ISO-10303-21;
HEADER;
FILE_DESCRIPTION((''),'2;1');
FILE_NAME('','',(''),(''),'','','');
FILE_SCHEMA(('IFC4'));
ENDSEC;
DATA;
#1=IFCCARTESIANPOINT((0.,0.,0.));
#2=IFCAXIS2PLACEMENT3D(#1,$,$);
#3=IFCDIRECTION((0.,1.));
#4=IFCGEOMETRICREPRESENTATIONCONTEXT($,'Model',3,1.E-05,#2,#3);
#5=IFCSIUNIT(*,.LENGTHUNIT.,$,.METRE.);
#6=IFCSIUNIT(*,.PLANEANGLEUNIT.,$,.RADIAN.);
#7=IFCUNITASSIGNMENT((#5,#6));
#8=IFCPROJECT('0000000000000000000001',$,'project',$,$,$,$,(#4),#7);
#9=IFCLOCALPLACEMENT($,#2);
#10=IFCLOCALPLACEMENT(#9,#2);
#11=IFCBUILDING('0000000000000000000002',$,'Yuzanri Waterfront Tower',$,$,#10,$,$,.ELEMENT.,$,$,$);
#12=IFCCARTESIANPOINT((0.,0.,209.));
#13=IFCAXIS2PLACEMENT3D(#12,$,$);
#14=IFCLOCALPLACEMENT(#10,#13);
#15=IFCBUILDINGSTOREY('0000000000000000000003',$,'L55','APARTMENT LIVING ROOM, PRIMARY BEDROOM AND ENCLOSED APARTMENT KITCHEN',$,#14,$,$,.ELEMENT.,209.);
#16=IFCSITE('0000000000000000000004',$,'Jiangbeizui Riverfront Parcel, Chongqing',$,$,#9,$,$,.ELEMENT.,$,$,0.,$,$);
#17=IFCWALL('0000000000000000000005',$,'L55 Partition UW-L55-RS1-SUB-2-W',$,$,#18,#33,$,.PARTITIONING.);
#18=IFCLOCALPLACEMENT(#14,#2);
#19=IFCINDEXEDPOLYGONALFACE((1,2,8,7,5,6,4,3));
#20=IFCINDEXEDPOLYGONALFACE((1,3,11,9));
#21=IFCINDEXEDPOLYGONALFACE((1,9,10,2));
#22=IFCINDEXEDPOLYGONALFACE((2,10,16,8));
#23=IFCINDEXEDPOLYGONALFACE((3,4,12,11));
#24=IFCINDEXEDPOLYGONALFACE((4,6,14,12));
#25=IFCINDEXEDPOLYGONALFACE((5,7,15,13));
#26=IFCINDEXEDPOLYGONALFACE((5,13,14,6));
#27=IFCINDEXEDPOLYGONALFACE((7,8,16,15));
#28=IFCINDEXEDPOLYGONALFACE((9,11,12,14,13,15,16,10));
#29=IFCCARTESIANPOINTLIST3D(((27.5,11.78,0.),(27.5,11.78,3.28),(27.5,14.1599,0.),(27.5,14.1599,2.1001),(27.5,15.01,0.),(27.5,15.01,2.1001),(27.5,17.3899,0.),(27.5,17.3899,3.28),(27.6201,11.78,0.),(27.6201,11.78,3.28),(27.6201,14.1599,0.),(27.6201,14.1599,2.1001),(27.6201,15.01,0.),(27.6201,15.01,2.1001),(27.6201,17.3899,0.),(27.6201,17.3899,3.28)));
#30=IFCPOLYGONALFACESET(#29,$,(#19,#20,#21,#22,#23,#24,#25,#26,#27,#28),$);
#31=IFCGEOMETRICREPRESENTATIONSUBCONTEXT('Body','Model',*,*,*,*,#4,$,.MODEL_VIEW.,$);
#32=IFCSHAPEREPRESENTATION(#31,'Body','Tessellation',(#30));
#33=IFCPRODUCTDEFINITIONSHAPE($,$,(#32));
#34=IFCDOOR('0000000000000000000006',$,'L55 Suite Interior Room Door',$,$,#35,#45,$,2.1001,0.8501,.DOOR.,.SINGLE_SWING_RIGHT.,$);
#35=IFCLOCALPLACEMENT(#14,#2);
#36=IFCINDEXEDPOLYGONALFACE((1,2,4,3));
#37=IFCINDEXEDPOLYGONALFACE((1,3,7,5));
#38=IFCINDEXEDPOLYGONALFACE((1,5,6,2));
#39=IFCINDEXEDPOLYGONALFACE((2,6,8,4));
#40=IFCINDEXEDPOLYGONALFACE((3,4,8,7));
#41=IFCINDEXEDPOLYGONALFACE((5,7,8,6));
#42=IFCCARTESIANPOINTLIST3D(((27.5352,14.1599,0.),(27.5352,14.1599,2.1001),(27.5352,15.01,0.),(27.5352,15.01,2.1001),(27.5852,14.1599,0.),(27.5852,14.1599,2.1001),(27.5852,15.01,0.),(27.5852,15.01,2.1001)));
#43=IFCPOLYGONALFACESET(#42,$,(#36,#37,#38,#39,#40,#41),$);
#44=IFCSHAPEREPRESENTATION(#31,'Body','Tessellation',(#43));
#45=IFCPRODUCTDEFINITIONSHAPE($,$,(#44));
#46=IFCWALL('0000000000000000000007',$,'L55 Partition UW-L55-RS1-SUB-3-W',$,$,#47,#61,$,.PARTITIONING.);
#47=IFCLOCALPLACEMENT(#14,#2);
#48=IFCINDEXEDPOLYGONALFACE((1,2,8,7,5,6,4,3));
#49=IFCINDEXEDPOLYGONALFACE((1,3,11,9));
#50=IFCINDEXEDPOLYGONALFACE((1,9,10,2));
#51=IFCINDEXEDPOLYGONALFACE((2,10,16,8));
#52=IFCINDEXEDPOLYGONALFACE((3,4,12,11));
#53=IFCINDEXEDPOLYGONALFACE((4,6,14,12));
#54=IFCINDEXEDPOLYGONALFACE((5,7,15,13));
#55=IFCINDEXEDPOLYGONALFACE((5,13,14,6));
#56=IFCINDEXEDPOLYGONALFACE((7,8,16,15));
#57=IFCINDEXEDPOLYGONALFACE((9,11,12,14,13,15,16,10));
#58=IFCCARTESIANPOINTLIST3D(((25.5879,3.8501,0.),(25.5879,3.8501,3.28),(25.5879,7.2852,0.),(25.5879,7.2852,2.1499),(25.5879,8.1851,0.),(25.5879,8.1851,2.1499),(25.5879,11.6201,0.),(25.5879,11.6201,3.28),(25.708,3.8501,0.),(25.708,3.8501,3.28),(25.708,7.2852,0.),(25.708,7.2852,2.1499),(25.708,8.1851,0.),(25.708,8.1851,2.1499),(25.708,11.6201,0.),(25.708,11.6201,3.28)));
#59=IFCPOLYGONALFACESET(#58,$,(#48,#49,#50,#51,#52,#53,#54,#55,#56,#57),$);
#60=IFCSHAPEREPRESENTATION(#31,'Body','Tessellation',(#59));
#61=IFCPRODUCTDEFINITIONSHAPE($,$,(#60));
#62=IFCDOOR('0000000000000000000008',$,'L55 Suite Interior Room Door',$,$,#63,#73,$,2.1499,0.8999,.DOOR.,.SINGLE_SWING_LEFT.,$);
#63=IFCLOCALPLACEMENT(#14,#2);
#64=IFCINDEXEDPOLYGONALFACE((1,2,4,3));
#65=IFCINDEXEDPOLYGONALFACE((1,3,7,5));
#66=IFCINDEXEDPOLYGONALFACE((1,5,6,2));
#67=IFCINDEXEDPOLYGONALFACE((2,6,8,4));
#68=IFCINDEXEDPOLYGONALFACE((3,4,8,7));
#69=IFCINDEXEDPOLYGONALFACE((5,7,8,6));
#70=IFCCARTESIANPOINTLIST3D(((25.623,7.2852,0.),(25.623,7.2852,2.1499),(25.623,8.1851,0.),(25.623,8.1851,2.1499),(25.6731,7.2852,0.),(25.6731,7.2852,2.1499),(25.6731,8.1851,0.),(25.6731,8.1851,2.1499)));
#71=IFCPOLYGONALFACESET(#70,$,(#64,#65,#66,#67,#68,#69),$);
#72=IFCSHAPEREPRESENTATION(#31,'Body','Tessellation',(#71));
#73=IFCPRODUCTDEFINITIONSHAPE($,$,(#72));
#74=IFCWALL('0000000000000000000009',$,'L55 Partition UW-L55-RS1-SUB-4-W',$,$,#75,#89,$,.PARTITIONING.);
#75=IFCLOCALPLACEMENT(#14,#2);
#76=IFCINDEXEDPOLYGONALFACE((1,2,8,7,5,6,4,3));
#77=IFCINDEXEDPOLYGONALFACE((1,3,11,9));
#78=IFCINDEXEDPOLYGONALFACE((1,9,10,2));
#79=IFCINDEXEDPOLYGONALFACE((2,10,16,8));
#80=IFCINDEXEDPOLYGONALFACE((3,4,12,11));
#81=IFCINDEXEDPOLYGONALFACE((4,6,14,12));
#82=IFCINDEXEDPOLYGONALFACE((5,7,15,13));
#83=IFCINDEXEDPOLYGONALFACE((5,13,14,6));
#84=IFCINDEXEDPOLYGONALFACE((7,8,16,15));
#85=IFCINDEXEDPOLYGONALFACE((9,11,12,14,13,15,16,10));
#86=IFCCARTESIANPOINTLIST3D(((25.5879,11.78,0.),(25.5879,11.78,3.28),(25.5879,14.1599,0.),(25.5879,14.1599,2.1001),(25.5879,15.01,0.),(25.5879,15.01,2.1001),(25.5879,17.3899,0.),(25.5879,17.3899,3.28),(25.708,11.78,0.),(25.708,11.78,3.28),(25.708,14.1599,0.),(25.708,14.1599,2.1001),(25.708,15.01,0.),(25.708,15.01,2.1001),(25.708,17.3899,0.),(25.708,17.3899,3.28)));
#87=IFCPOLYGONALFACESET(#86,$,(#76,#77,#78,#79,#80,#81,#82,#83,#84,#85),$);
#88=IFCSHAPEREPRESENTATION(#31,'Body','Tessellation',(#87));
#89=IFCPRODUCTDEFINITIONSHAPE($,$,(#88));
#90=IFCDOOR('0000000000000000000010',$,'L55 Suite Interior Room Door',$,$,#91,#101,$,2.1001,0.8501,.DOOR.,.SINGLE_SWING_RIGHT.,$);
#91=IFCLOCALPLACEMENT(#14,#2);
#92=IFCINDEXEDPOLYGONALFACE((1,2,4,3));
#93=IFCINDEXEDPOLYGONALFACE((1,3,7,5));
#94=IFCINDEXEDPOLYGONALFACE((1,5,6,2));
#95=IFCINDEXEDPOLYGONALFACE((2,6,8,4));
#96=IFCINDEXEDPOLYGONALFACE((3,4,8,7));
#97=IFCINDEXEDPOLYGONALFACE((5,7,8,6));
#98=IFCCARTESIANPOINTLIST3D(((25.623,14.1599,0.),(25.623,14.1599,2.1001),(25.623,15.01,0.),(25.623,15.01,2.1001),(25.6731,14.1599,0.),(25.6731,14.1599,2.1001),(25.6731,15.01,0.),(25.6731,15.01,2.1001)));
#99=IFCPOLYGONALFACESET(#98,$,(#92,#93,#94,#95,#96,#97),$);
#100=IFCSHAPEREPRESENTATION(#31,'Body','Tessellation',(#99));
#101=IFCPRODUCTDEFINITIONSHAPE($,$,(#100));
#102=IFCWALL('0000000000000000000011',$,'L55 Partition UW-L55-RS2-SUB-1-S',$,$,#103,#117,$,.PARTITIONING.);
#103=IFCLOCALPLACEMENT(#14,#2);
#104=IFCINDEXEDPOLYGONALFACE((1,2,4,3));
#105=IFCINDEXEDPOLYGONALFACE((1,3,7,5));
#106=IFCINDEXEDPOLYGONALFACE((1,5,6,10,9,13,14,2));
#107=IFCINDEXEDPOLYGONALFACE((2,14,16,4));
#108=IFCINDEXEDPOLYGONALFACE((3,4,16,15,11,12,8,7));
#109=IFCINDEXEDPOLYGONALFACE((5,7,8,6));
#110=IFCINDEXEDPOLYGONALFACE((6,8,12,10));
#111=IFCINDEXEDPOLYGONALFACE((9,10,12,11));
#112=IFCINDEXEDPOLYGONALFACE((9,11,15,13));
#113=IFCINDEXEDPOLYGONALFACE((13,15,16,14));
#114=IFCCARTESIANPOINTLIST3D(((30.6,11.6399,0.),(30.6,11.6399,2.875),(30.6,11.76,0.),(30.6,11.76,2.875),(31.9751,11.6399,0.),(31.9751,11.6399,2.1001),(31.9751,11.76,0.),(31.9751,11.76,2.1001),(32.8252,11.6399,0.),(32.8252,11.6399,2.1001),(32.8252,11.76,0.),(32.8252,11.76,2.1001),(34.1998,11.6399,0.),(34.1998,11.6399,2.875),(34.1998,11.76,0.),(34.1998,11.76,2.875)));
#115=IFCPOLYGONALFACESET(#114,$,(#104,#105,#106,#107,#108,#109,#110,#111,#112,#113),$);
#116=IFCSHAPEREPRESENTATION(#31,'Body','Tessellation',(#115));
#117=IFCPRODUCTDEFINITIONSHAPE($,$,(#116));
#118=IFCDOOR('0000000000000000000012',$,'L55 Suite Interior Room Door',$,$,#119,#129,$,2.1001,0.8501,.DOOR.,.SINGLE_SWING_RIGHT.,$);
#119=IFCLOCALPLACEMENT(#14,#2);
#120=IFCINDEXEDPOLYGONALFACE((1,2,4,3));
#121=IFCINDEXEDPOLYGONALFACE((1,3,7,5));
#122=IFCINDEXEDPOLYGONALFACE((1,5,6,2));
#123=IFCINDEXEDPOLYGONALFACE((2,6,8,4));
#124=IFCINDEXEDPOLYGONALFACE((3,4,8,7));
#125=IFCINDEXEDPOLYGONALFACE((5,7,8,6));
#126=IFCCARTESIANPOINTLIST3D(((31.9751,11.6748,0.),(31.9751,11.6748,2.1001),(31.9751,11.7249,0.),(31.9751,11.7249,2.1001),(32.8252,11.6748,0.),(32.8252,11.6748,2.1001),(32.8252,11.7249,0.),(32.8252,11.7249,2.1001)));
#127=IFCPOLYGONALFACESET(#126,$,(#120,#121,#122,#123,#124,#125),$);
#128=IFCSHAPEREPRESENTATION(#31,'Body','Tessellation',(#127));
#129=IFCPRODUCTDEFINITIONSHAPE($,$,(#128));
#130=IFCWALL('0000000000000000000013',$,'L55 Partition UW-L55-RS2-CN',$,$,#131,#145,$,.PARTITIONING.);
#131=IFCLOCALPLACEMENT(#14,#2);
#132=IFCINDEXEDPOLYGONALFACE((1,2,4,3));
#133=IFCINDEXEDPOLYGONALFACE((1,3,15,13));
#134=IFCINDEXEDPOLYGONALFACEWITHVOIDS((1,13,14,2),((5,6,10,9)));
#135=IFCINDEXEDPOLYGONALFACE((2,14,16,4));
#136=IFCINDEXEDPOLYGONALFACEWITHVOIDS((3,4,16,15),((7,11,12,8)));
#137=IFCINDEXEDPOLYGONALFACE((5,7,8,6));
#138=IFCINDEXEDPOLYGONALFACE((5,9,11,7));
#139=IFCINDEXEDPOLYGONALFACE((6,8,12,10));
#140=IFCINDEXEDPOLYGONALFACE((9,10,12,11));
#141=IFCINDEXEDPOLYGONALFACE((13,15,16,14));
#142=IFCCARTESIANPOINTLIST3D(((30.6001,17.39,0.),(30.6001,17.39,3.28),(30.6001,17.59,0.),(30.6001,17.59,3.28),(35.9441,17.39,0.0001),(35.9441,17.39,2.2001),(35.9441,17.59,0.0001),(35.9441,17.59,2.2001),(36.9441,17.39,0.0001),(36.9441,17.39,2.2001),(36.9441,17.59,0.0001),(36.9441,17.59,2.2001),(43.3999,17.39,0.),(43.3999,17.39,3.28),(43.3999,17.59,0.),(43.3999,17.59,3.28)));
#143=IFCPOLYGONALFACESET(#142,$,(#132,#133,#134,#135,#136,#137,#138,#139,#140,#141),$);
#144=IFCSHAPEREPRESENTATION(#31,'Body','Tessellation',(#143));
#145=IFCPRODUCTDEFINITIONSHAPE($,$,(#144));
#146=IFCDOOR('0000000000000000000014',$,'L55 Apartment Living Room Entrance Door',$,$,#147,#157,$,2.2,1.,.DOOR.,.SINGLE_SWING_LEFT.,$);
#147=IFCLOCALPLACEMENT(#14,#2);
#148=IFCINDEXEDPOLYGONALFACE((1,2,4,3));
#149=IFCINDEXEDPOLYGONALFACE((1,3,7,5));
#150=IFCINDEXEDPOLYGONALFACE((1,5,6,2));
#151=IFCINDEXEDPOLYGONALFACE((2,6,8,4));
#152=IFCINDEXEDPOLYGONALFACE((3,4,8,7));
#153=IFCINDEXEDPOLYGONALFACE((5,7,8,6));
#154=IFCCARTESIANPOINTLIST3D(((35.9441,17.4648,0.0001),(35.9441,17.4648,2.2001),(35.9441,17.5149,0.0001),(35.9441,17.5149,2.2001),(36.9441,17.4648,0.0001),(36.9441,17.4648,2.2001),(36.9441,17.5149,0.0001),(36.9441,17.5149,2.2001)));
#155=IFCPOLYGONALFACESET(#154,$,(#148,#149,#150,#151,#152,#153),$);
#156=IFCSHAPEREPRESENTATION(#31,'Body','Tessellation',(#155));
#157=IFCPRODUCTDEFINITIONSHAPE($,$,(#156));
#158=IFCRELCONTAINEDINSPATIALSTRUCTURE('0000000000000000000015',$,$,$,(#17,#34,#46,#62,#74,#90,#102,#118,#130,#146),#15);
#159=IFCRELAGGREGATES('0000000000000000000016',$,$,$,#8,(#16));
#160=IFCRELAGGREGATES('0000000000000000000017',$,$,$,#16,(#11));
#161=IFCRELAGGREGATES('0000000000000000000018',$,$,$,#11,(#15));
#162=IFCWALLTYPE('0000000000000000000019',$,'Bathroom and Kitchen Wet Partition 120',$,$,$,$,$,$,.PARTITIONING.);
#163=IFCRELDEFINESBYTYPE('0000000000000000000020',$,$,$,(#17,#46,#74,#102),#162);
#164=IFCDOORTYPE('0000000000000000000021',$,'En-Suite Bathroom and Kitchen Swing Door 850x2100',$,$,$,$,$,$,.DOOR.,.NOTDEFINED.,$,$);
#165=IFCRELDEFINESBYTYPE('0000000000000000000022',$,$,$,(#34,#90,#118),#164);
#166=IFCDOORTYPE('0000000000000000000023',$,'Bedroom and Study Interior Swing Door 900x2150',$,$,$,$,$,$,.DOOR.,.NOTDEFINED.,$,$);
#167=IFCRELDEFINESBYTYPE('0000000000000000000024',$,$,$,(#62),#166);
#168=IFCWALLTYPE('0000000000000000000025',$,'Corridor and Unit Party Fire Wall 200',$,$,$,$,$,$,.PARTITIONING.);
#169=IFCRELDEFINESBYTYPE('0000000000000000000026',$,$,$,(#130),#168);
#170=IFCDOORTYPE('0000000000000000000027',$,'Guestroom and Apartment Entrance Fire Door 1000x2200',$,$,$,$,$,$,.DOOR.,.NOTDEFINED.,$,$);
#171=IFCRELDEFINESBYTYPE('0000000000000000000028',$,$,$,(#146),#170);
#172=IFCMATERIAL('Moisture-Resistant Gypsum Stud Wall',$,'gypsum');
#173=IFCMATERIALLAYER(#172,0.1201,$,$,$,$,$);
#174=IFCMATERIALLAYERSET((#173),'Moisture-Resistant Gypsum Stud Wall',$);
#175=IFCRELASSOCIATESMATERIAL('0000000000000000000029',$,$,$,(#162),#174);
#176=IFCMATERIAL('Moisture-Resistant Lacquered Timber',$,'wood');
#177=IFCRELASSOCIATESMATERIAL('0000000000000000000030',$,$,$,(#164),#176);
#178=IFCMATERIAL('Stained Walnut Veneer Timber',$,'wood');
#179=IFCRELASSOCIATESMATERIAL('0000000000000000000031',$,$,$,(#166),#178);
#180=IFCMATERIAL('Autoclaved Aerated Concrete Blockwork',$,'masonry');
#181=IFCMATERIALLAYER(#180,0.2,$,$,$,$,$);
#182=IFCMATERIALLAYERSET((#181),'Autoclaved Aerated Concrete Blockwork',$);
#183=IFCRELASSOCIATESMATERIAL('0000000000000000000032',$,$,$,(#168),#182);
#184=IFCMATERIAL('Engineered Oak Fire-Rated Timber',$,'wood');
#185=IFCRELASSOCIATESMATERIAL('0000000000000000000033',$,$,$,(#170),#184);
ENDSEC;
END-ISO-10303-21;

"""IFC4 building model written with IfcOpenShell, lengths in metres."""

from ifc_helpers import new_model, si_unit, direction, frame, frame_2d, origin, place, context, subcontext, project, spatial, rectangle, extrude, source, transform, mapped, material, layer, layer_set, type_object, element, fill, save


model = new_model("IFC4")

# Units and contexts
model_context = context("Model", 3, precision=1e-05, world=origin(), true_north=direction((0.0, 1.0)))
body_context = subcontext(model_context, "Body", "Model", "MODEL_VIEW")
ifc_project = project(units=[si_unit("LENGTHUNIT", "METRE"), si_unit("PLANEANGLEUNIT", "RADIAN")], contexts=[model_context])

# Site, building, storey
site_placement = place(None, origin())
site = spatial("IfcSite", under=ifc_project, at=site_placement, Name="Jiangbeizui Riverfront Parcel, Chongqing", CompositionType="ELEMENT", RefElevation=0.0)
building_placement = place(site_placement, origin())
building = spatial("IfcBuilding", under=site, at=building_placement, Name="Yuzanri Waterfront Tower", CompositionType="ELEMENT")
storey_placement = place(building_placement, frame((0.0, 0.0, 209.0)))
storey = spatial("IfcBuildingStorey", under=building, at=storey_placement, Name="L55", Description="APARTMENT LIVING ROOM, PRIMARY BEDROOM AND ENCLOSED APARTMENT KITCHEN", CompositionType="ELEMENT", Elevation=209.0)

# Walls, openings, doors
ifc_material_1 = material(Name="Moisture-Resistant Gypsum Stud Wall", Category="gypsum")
ifc_layer_1 = layer(ifc_material_1, 0.1201)
ifc_layer_set_1 = layer_set([ifc_layer_1], Name="Moisture-Resistant Gypsum Stud Wall")
wall_type_1 = type_object("IfcWallType", Name="Bathroom and Kitchen Wet Partition 120", PredefinedType="PARTITIONING", material=ifc_layer_set_1)
wall_1_placement = place(storey_placement, frame((27.5601, 11.78, 0.0), z_axis=(0.0, 0.0, 1.0), x_axis=(0.0, 1.0, 0.0)))
wall_1 = element("IfcWall", 1, at=wall_1_placement, inside=storey, type_object=wall_type_1, Name="L55 Partition UW-L55-RS1-SUB-2-W", PredefinedType="PARTITIONING", context=body_context, shape_type="SweptSolid", body=[
    extrude(rectangle(XDim=5.6099, YDim=0.1201, at=frame_2d((2.8049, 0.0))), origin(), (0.0, 0.0, 1.0), 3.28),
])
opening_1_placement = place(wall_1_placement, frame((2.3799, 0.0, 0.0)))
opening_1 = element("IfcOpeningElement", 2, at=opening_1_placement, cuts=wall_1, PredefinedType="OPENING", context=body_context, shape_type="SweptSolid", body=[
    extrude(rectangle(XDim=0.8501, YDim=2.1001, at=frame_2d((0.425, 1.05))), frame((0.0, 0.075, 0.0), z_axis=(0.0, -1.0, 0.0), x_axis=(1.0, 0.0, 0.0)), (0.0, 0.0, 1.0), 0.1499),
])
ifc_material_2 = material(Name="Moisture-Resistant Lacquered Timber", Category="wood")
door_type_1 = type_object("IfcDoorType", Name="En-Suite Bathroom and Kitchen Swing Door 850x2100", OperationType="NOTDEFINED", PredefinedType="DOOR", material=ifc_material_2)
shared_shape_1 = source(origin(), body_context, "Body", "SweptSolid", [
    extrude(rectangle(XDim=0.8501, YDim=2.1001, at=frame_2d((0.425, 1.05))), frame((0.0, 0.0249, 0.0), z_axis=(0.0, -1.0, 0.0), x_axis=(1.0, 0.0, 0.0)), (0.0, 0.0, 1.0), 0.05),
])
door_1_placement = place(opening_1_placement, origin())
door_1 = element("IfcDoor", 3, at=door_1_placement, inside=storey, type_object=door_type_1, Name="L55 Suite Interior Room Door", OperationType="SINGLE_SWING_RIGHT", OverallHeight=2.1001, OverallWidth=0.8501, PredefinedType="DOOR", context=body_context, shape_type="MappedRepresentation", body=[
    mapped(shared_shape_1, transform((0.0, 0.0, 0.0), scale=1.0)),
])
fill(opening_1, door_1)
wall_2_placement = place(storey_placement, frame((25.6479, 3.8501, 0.0), z_axis=(0.0, 0.0, 1.0), x_axis=(0.0, 1.0, 0.0)))
wall_2 = element("IfcWall", 4, at=wall_2_placement, inside=storey, type_object=wall_type_1, Name="L55 Partition UW-L55-RS1-SUB-3-W", PredefinedType="PARTITIONING", context=body_context, shape_type="SweptSolid", body=[
    extrude(rectangle(XDim=7.77, YDim=0.1201, at=frame_2d((3.885, 0.0))), origin(), (0.0, 0.0, 1.0), 3.28),
])
opening_2_placement = place(wall_2_placement, frame((3.4351, 0.0, 0.0)))
opening_2 = element("IfcOpeningElement", 5, at=opening_2_placement, cuts=wall_2, PredefinedType="OPENING", context=body_context, shape_type="SweptSolid", body=[
    extrude(rectangle(XDim=0.8999, YDim=2.1499, at=frame_2d((0.45, 1.075))), frame((0.0, 0.075, 0.0), z_axis=(0.0, -1.0, 0.0), x_axis=(1.0, 0.0, 0.0)), (0.0, 0.0, 1.0), 0.1499),
])
ifc_material_3 = material(Name="Stained Walnut Veneer Timber", Category="wood")
door_type_2 = type_object("IfcDoorType", Name="Bedroom and Study Interior Swing Door 900x2150", OperationType="NOTDEFINED", PredefinedType="DOOR", material=ifc_material_3)
shared_shape_2 = source(origin(), body_context, "Body", "SweptSolid", [
    extrude(rectangle(XDim=0.8999, YDim=2.1499, at=frame_2d((0.45, 1.075))), frame((0.0, 0.0249, 0.0), z_axis=(0.0, -1.0, 0.0), x_axis=(1.0, 0.0, 0.0)), (0.0, 0.0, 1.0), 0.05),
])
door_2_placement = place(opening_2_placement, origin())
door_2 = element("IfcDoor", 6, at=door_2_placement, inside=storey, type_object=door_type_2, Name="L55 Suite Interior Room Door", OperationType="SINGLE_SWING_LEFT", OverallHeight=2.1499, OverallWidth=0.8999, PredefinedType="DOOR", context=body_context, shape_type="MappedRepresentation", body=[
    mapped(shared_shape_2, transform((0.0, 0.0, 0.0), scale=1.0)),
])
fill(opening_2, door_2)
wall_3_placement = place(storey_placement, frame((25.6479, 11.78, 0.0), z_axis=(0.0, 0.0, 1.0), x_axis=(0.0, 1.0, 0.0)))
wall_3 = element("IfcWall", 7, at=wall_3_placement, inside=storey, type_object=wall_type_1, Name="L55 Partition UW-L55-RS1-SUB-4-W", PredefinedType="PARTITIONING", context=body_context, shape_type="SweptSolid", body=[
    extrude(rectangle(XDim=5.6099, YDim=0.1201, at=frame_2d((2.8049, 0.0))), origin(), (0.0, 0.0, 1.0), 3.28),
])
opening_3_placement = place(wall_3_placement, frame((2.3799, 0.0, 0.0)))
opening_3 = element("IfcOpeningElement", 8, at=opening_3_placement, cuts=wall_3, PredefinedType="OPENING", context=body_context, shape_type="SweptSolid", body=[
    extrude(rectangle(XDim=0.8501, YDim=2.1001, at=frame_2d((0.425, 1.05))), frame((0.0, 0.075, 0.0), z_axis=(0.0, -1.0, 0.0), x_axis=(1.0, 0.0, 0.0)), (0.0, 0.0, 1.0), 0.1499),
])
door_3_placement = place(opening_3_placement, origin())
door_3 = element("IfcDoor", 9, at=door_3_placement, inside=storey, type_object=door_type_1, Name="L55 Suite Interior Room Door", OperationType="SINGLE_SWING_RIGHT", OverallHeight=2.1001, OverallWidth=0.8501, PredefinedType="DOOR", context=body_context, shape_type="MappedRepresentation", body=[
    mapped(shared_shape_1, transform((0.0, 0.0, 0.0), scale=1.0)),
])
fill(opening_3, door_3)
wall_4_placement = place(storey_placement, frame((30.6001, 11.7, 0.0), z_axis=(0.0, 0.0, 1.0), x_axis=(1.0, 0.0, 0.0)))
wall_4 = element("IfcWall", 10, at=wall_4_placement, inside=storey, type_object=wall_type_1, Name="L55 Partition UW-L55-RS2-SUB-1-S", PredefinedType="PARTITIONING", context=body_context, shape_type="SweptSolid", body=[
    extrude(rectangle(XDim=3.5999, YDim=0.1201, at=frame_2d((1.7998, 0.0))), origin(), (0.0, 0.0, 1.0), 2.875),
])
opening_4_placement = place(wall_4_placement, frame((1.375, 0.0, 0.0)))
opening_4 = element("IfcOpeningElement", 11, at=opening_4_placement, cuts=wall_4, PredefinedType="OPENING", context=body_context, shape_type="SweptSolid", body=[
    extrude(rectangle(XDim=0.8501, YDim=2.1001, at=frame_2d((0.425, 1.05))), frame((0.0, 0.075, 0.0), z_axis=(0.0, -1.0, 0.0), x_axis=(1.0, 0.0, 0.0)), (0.0, 0.0, 1.0), 0.1499),
])
door_4_placement = place(opening_4_placement, origin())
door_4 = element("IfcDoor", 12, at=door_4_placement, inside=storey, type_object=door_type_1, Name="L55 Suite Interior Room Door", OperationType="SINGLE_SWING_RIGHT", OverallHeight=2.1001, OverallWidth=0.8501, PredefinedType="DOOR", context=body_context, shape_type="MappedRepresentation", body=[
    mapped(shared_shape_1, transform((0.0, 0.0, 0.0), scale=1.0)),
])
fill(opening_4, door_4)

# Wall, opening, door
ifc_material_4 = material(Name="Autoclaved Aerated Concrete Blockwork", Category="masonry")
ifc_layer_2 = layer(ifc_material_4, 0.2)
ifc_layer_set_2 = layer_set([ifc_layer_2], Name="Autoclaved Aerated Concrete Blockwork")
wall_type_2 = type_object("IfcWallType", Name="Corridor and Unit Party Fire Wall 200", PredefinedType="PARTITIONING", material=ifc_layer_set_2)
wall_5_placement = place(storey_placement, frame((30.6001, 17.49, 0.0), z_axis=(0.0, 0.0, 1.0), x_axis=(1.0, 0.0, 0.0)))
wall_5 = element("IfcWall", 13, at=wall_5_placement, inside=storey, type_object=wall_type_2, Name="L55 Partition UW-L55-RS2-CN", PredefinedType="PARTITIONING", context=body_context, shape_type="SweptSolid", body=[
    extrude(rectangle(XDim=12.7998, YDim=0.2, at=frame_2d((6.3999, 0.0))), origin(), (0.0, 0.0, 1.0), 3.28),
])
opening_5_placement = place(wall_5_placement, frame((5.344, 0.0, 0.0)))
opening_5 = element("IfcOpeningElement", 14, at=opening_5_placement, cuts=wall_5, PredefinedType="OPENING", context=body_context, shape_type="SweptSolid", body=[
    extrude(rectangle(XDim=1.0, YDim=2.2, at=frame_2d((0.5, 1.1001))), frame((0.0, 0.1147, 0.0), z_axis=(0.0, -1.0, 0.0), x_axis=(1.0, 0.0, 0.0)), (0.0, 0.0, 1.0), 0.2297),
])
ifc_material_5 = material(Name="Engineered Oak Fire-Rated Timber", Category="wood")
door_type_3 = type_object("IfcDoorType", Name="Guestroom and Apartment Entrance Fire Door 1000x2200", OperationType="NOTDEFINED", PredefinedType="DOOR", material=ifc_material_5)
shared_shape_3 = source(origin(), body_context, "Body", "SweptSolid", [
    extrude(rectangle(XDim=1.0, YDim=2.2, at=frame_2d((0.5, 1.1001))), frame((0.0, 0.0249, 0.0), z_axis=(0.0, -1.0, 0.0), x_axis=(1.0, 0.0, 0.0)), (0.0, 0.0, 1.0), 0.05),
])
door_5_placement = place(opening_5_placement, origin())
door_5 = element("IfcDoor", 15, at=door_5_placement, inside=storey, type_object=door_type_3, Name="L55 Apartment Living Room Entrance Door", OperationType="SINGLE_SWING_LEFT", OverallHeight=2.2, OverallWidth=1.0, PredefinedType="DOOR", context=body_context, shape_type="MappedRepresentation", body=[
    mapped(shared_shape_3, transform((0.0, 0.0, 0.0), scale=1.0)),
])
fill(opening_5, door_5)

save(model, "model.ifc")
